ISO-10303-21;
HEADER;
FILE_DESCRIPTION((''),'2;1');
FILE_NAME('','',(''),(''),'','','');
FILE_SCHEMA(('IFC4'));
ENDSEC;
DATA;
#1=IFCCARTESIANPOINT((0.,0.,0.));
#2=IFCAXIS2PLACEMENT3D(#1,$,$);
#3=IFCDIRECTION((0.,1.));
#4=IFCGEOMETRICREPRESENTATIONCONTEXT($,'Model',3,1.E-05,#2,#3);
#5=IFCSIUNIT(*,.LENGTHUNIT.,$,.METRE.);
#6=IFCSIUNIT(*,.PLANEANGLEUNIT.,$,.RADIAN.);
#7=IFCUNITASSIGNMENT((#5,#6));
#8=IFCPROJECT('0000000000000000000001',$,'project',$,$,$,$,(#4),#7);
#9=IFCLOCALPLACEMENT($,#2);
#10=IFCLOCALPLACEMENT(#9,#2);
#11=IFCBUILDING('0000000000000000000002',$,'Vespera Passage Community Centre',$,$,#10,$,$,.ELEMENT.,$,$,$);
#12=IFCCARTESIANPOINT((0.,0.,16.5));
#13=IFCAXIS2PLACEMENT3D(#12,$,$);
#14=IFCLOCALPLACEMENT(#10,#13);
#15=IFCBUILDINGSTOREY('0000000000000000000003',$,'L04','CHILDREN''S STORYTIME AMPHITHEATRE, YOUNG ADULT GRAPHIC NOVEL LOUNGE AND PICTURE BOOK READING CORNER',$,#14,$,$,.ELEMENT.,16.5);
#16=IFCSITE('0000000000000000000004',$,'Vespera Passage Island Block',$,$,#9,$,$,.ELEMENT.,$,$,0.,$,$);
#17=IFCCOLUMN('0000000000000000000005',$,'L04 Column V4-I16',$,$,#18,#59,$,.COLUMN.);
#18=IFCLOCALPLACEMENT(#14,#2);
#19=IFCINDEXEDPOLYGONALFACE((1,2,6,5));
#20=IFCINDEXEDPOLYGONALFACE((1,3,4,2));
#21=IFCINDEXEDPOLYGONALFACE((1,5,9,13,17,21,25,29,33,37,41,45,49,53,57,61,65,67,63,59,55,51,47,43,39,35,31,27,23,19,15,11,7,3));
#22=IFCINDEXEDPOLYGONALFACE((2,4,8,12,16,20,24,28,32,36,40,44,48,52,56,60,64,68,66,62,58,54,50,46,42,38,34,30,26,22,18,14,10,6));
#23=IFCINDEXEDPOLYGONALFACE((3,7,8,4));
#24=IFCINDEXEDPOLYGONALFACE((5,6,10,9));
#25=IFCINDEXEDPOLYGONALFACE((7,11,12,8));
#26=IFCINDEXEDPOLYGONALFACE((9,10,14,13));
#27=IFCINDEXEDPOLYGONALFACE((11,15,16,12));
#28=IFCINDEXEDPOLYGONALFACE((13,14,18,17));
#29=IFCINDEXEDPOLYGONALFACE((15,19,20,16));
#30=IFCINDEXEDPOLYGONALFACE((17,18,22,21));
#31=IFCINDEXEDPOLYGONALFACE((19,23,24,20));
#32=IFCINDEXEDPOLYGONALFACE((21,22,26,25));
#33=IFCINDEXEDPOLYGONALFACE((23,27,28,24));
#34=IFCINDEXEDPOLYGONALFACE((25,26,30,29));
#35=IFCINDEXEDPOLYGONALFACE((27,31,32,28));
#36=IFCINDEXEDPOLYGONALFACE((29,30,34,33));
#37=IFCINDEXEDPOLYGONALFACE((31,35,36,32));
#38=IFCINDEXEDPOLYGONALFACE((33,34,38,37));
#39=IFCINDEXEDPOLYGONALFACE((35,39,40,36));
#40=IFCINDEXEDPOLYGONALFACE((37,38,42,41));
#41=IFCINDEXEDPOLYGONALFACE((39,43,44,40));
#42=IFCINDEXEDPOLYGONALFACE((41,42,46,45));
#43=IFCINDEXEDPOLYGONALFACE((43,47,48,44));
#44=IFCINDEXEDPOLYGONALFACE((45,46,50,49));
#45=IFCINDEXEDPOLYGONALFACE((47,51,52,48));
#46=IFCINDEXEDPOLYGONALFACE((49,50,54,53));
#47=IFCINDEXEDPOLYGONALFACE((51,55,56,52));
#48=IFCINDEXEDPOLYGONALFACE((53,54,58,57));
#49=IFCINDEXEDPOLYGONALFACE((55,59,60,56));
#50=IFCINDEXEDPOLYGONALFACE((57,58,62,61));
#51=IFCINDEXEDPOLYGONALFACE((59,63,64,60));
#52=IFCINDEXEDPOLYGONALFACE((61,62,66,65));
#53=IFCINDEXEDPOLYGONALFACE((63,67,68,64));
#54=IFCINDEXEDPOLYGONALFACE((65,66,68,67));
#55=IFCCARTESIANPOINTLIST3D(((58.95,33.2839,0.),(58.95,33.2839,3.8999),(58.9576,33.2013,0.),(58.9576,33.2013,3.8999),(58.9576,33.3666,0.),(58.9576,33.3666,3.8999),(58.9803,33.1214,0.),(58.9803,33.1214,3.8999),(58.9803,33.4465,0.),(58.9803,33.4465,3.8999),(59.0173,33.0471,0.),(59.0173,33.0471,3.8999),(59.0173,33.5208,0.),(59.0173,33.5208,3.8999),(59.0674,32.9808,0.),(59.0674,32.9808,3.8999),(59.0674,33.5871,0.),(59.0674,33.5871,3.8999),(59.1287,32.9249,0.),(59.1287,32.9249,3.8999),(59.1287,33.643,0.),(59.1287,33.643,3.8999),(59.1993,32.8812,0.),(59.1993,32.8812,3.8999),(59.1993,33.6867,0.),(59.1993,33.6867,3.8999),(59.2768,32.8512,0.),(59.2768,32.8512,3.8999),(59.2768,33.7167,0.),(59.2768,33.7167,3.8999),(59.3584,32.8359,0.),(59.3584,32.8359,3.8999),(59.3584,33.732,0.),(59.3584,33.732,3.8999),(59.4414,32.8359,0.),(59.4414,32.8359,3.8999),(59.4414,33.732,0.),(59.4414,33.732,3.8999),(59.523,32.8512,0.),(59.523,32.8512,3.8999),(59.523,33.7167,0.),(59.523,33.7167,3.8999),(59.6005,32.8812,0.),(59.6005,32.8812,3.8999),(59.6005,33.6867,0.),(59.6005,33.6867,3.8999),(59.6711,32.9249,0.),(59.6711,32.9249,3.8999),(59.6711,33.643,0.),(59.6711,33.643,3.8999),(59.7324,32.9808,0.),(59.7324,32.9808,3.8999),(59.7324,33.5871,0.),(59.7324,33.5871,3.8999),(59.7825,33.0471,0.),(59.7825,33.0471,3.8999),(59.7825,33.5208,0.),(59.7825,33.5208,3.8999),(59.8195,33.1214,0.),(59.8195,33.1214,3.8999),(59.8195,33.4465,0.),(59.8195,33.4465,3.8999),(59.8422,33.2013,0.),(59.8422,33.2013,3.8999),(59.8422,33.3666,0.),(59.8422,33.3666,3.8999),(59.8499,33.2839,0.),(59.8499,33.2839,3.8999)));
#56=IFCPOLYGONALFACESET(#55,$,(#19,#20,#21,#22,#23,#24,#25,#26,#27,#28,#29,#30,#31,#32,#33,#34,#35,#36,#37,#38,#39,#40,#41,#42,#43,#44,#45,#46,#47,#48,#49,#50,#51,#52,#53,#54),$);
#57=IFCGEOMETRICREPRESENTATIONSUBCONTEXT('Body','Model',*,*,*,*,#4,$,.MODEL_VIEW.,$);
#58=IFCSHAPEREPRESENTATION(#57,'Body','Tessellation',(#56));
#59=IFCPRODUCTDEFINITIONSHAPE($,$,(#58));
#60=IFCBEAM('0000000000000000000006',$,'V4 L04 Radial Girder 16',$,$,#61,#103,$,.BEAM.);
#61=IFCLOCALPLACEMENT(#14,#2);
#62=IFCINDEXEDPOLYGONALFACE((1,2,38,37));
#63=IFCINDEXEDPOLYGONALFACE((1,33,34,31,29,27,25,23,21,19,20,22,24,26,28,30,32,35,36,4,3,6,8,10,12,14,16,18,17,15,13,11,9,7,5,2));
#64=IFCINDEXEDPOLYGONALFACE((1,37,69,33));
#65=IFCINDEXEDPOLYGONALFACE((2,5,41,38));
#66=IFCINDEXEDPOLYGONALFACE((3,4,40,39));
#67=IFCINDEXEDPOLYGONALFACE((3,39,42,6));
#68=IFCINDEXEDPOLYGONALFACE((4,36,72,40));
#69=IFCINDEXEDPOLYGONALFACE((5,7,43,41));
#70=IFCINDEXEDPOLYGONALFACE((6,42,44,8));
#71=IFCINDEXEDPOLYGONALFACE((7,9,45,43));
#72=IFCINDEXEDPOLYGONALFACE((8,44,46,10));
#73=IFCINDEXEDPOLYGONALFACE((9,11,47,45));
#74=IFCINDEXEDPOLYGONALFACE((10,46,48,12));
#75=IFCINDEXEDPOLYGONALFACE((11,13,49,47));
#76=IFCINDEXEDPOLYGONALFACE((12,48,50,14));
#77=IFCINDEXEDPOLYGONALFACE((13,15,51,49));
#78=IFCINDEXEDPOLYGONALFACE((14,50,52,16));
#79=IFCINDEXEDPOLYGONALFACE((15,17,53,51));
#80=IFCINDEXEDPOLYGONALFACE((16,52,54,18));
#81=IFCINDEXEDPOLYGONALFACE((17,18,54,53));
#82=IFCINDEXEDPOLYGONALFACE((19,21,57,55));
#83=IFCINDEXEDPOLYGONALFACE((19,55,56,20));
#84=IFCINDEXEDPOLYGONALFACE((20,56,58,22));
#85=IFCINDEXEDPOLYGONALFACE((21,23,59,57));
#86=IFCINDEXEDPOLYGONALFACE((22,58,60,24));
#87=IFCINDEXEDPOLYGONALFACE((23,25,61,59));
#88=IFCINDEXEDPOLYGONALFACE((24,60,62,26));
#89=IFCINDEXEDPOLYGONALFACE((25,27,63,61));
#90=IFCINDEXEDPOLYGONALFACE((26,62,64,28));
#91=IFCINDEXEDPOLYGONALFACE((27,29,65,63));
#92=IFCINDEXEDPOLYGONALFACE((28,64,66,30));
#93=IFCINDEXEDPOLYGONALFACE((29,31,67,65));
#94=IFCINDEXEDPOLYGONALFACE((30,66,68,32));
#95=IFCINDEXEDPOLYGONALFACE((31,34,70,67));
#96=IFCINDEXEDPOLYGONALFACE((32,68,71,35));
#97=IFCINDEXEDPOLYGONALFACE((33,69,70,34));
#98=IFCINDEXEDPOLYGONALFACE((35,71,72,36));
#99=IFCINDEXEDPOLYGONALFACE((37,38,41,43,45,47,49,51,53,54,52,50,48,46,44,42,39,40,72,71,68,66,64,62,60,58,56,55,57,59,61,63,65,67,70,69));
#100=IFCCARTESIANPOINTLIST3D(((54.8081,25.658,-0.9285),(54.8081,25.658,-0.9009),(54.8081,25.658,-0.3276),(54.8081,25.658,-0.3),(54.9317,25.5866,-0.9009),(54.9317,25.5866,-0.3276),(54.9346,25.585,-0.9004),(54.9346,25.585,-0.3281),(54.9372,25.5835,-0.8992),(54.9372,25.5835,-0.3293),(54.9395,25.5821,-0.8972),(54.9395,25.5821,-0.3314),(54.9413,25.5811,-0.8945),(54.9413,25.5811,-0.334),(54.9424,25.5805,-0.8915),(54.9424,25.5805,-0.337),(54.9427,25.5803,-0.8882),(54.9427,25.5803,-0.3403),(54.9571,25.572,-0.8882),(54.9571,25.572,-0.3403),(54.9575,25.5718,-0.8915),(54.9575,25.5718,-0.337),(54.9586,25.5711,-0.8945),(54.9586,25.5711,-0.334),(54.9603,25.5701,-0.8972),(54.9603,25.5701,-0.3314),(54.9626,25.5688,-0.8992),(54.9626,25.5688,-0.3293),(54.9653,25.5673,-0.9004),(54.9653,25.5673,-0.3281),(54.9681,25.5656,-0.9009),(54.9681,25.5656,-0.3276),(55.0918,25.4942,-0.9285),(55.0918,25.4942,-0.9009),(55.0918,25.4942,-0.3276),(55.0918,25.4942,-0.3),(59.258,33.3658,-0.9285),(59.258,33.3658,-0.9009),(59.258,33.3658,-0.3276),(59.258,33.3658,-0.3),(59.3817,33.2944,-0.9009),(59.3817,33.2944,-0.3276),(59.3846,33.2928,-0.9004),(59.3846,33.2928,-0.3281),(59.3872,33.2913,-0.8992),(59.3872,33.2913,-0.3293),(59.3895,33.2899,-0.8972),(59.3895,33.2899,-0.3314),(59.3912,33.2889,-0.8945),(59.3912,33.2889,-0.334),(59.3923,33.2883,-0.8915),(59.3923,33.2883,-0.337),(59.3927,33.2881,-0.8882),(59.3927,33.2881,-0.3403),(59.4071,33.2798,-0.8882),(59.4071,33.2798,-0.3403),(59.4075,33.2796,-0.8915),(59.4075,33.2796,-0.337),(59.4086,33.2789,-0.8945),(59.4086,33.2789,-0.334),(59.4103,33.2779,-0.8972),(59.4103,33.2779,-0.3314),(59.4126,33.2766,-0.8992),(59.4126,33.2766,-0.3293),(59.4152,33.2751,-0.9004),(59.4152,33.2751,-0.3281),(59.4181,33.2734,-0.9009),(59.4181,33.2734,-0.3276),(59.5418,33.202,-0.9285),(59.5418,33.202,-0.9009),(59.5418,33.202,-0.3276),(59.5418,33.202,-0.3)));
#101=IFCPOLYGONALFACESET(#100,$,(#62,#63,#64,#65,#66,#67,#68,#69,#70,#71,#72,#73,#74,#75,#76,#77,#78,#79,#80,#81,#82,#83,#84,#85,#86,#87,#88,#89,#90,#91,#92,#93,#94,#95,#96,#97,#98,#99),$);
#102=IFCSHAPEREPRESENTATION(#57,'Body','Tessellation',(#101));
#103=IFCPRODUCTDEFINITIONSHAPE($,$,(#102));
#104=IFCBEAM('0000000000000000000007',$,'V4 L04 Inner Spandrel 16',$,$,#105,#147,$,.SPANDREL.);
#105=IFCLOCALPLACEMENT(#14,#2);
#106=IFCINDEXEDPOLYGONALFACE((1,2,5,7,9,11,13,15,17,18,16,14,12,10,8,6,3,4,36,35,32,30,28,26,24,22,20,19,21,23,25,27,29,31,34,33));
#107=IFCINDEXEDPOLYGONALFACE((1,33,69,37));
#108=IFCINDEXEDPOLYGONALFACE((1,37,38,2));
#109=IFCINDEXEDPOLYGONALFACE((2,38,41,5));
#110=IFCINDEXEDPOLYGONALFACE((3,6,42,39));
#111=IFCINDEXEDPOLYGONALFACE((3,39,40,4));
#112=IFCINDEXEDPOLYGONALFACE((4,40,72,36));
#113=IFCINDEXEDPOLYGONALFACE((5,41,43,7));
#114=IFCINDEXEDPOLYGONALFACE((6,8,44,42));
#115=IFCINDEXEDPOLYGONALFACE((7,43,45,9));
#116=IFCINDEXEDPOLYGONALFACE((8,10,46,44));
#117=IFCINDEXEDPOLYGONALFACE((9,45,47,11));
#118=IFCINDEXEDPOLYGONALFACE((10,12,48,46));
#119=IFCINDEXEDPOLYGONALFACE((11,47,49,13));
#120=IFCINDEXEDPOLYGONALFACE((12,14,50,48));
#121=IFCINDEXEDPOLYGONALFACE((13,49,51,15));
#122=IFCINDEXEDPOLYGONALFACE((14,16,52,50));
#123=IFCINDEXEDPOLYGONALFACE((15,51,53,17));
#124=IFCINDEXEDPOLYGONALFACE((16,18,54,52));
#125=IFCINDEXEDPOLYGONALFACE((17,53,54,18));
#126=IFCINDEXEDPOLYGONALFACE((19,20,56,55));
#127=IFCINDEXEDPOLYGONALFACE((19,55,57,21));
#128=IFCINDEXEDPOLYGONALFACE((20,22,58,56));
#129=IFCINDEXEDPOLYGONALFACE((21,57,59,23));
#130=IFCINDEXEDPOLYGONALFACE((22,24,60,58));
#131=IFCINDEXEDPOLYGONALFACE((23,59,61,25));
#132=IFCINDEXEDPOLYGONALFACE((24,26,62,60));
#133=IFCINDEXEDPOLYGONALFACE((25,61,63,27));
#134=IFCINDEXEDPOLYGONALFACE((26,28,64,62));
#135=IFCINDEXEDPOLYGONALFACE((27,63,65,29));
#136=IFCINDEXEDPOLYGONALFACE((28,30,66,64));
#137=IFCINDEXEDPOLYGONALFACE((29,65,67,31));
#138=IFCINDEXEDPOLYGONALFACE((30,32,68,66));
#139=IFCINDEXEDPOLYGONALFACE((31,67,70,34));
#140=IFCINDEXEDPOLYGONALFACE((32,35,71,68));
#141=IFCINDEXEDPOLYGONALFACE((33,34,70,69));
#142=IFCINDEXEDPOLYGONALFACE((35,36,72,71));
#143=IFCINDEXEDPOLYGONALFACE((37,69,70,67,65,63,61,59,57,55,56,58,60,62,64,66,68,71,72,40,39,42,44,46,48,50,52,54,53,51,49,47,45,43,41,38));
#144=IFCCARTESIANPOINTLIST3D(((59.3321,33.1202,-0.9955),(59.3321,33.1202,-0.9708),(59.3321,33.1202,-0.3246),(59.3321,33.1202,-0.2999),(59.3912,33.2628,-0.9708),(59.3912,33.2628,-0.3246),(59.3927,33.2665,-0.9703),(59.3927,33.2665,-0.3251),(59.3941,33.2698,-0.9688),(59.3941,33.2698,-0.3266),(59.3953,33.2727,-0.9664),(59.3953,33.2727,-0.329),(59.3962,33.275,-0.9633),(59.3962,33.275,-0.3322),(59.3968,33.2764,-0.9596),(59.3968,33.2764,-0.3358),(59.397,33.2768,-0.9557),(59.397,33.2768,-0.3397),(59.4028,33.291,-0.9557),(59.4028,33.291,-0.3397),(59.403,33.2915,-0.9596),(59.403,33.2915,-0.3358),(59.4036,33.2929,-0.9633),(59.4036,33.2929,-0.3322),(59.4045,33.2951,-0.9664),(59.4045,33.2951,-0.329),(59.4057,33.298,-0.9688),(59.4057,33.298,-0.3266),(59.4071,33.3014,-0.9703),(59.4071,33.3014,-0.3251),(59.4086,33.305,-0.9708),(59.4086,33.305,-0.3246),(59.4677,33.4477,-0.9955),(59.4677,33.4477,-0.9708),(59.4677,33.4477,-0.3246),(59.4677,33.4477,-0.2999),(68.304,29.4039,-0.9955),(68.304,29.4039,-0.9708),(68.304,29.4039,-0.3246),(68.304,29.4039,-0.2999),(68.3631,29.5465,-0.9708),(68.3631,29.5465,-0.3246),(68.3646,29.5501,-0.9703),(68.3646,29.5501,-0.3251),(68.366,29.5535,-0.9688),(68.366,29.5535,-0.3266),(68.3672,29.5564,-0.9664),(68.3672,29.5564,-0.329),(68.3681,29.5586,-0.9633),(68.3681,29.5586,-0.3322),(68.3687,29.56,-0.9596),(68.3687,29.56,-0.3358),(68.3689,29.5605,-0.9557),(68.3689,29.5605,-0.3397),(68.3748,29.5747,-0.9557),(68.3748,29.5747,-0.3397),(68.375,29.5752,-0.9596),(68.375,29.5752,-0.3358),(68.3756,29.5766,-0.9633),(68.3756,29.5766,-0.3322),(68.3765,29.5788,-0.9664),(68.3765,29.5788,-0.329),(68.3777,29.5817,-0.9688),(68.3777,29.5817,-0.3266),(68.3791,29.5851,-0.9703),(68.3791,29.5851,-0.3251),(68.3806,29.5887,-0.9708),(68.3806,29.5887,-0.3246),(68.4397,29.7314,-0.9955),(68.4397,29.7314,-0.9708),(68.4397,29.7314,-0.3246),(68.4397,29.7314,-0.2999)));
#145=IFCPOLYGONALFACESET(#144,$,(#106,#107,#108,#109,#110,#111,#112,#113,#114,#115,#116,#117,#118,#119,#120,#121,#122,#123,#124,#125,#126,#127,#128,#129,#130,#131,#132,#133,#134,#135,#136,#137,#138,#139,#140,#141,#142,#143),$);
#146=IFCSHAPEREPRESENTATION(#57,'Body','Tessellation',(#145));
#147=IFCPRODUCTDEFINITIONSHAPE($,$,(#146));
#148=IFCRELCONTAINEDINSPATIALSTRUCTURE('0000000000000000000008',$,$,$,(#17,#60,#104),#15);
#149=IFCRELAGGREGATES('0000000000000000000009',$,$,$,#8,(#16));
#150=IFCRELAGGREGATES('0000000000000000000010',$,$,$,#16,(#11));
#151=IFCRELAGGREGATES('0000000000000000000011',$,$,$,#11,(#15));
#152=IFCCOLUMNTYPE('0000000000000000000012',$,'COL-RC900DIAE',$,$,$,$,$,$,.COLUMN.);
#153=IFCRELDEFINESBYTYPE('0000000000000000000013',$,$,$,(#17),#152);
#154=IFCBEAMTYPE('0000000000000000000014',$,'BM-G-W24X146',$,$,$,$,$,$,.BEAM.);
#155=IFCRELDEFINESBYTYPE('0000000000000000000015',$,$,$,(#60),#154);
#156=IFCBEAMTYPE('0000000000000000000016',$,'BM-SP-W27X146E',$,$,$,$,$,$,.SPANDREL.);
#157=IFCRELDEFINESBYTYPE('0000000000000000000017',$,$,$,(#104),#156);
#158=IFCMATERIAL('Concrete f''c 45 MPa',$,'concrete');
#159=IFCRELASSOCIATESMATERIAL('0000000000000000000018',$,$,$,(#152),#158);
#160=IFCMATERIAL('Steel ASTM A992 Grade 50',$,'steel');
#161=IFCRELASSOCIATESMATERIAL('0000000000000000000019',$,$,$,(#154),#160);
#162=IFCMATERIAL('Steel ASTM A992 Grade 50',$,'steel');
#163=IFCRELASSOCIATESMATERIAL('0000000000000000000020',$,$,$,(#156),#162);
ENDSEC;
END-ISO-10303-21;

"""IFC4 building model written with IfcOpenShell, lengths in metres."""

from ifc_helpers import new_model, si_unit, direction, frame, origin, origin_2d, place, context, subcontext, project, spatial, circle, i_section, extrude, material, material_profile, profile_set, type_object, element, save


model = new_model("IFC4")

# Units and contexts
model_context = context("Model", 3, precision=1e-05, world=origin(), true_north=direction((0.0, 1.0)))
body_context = subcontext(model_context, "Body", "Model", "MODEL_VIEW")
ifc_project = project(units=[si_unit("LENGTHUNIT", "METRE"), si_unit("PLANEANGLEUNIT", "RADIAN")], contexts=[model_context])

# Site, building, storey
site_placement = place(None, origin())
site = spatial("IfcSite", under=ifc_project, at=site_placement, Name="Vespera Passage Island Block", CompositionType="ELEMENT", RefElevation=0.0)
building_placement = place(site_placement, origin())
building = spatial("IfcBuilding", under=site, at=building_placement, Name="Vespera Passage Community Centre", CompositionType="ELEMENT")
storey_placement = place(building_placement, frame((0.0, 0.0, 16.5)))
storey = spatial("IfcBuildingStorey", under=building, at=storey_placement, Name="L04", Description="CHILDREN'S STORYTIME AMPHITHEATRE, YOUNG ADULT GRAPHIC NOVEL LOUNGE AND PICTURE BOOK READING CORNER", CompositionType="ELEMENT", Elevation=16.5)

# Column
ifc_material_1 = material(Name="Concrete f'c 45 MPa", Category="concrete")
ifc_material_profile_1 = material_profile(ifc_material_1, circle(Radius=0.45, at=origin_2d()), Name="RC900DIA")
ifc_profile_set_1 = profile_set([ifc_material_profile_1], Name="Concrete f'c 45 MPa")
column_type = type_object("IfcColumnType", Name="COL-RC900DIAE", PredefinedType="COLUMN", material=ifc_profile_set_1)
column_placement = place(storey_placement, frame((59.3999, 33.2839, 0.0), z_axis=(0.0, 0.0, 1.0), x_axis=(1.0, 0.0, 0.0)))
element("IfcColumn", 1, at=column_placement, inside=storey, type_object=column_type, Name="L04 Column V4-I16", PredefinedType="COLUMN", context=body_context, shape_type="SweptSolid", body=[
    extrude(circle(Radius=0.45, at=origin_2d()), origin(), (0.0, 0.0, 1.0), 3.8999),
])

# Beams
ifc_material_2 = material(Name="Steel ASTM A992 Grade 50", Category="steel")
ifc_material_profile_2 = material_profile(ifc_material_2, i_section(OverallWidth=0.3276, OverallDepth=0.6284, WebThickness=0.0166, FlangeThickness=0.0276, FilletRadius=0.0127, at=origin_2d()), Name="W24X146")
ifc_profile_set_2 = profile_set([ifc_material_profile_2], Name="Steel ASTM A992 Grade 50")
beam_type_1 = type_object("IfcBeamType", Name="BM-G-W24X146", PredefinedType="BEAM", material=ifc_profile_set_2)
beam_1_placement = place(storey_placement, frame((59.3999, 33.2839, -0.6143), z_axis=(-0.499989, -0.866032, 0.0), x_axis=(0.866032, -0.499989, 0.0)))
element("IfcBeam", 2, at=beam_1_placement, inside=storey, type_object=beam_type_1, Name="V4 L04 Radial Girder 16", PredefinedType="BEAM", context=body_context, shape_type="SweptSolid", body=[
    extrude(i_section(OverallWidth=0.3276, OverallDepth=0.6284, WebThickness=0.0166, FlangeThickness=0.0276, FilletRadius=0.0127, at=origin_2d()), origin(), (0.0, 0.0, 1.0), 8.9001),
])
ifc_material_3 = material(Name="Steel ASTM A992 Grade 50", Category="steel")
ifc_material_profile_3 = material_profile(ifc_material_3, i_section(OverallWidth=0.3545, OverallDepth=0.6956, WebThickness=0.0154, FlangeThickness=0.0247, FilletRadius=0.0151, at=origin_2d()), Name="W27X146")
ifc_profile_set_3 = profile_set([ifc_material_profile_3], Name="Steel ASTM A992 Grade 50")
beam_type_2 = type_object("IfcBeamType", Name="BM-SP-W27X146E", PredefinedType="SPANDREL", material=ifc_profile_set_3)
beam_2_placement = place(storey_placement, frame((59.3999, 33.2839, -0.6477), z_axis=(0.923879, -0.382685, 0.0), x_axis=(0.382685, 0.923879, 0.0)))
element("IfcBeam", 3, at=beam_2_placement, inside=storey, type_object=beam_type_2, Name="V4 L04 Inner Spandrel 16", PredefinedType="SPANDREL", context=body_context, shape_type="SweptSolid", body=[
    extrude(i_section(OverallWidth=0.3545, OverallDepth=0.6956, WebThickness=0.0154, FlangeThickness=0.0247, FilletRadius=0.0151, at=origin_2d()), origin(), (0.0, 0.0, 1.0), 9.7112),
])

save(model, "model.ifc")
